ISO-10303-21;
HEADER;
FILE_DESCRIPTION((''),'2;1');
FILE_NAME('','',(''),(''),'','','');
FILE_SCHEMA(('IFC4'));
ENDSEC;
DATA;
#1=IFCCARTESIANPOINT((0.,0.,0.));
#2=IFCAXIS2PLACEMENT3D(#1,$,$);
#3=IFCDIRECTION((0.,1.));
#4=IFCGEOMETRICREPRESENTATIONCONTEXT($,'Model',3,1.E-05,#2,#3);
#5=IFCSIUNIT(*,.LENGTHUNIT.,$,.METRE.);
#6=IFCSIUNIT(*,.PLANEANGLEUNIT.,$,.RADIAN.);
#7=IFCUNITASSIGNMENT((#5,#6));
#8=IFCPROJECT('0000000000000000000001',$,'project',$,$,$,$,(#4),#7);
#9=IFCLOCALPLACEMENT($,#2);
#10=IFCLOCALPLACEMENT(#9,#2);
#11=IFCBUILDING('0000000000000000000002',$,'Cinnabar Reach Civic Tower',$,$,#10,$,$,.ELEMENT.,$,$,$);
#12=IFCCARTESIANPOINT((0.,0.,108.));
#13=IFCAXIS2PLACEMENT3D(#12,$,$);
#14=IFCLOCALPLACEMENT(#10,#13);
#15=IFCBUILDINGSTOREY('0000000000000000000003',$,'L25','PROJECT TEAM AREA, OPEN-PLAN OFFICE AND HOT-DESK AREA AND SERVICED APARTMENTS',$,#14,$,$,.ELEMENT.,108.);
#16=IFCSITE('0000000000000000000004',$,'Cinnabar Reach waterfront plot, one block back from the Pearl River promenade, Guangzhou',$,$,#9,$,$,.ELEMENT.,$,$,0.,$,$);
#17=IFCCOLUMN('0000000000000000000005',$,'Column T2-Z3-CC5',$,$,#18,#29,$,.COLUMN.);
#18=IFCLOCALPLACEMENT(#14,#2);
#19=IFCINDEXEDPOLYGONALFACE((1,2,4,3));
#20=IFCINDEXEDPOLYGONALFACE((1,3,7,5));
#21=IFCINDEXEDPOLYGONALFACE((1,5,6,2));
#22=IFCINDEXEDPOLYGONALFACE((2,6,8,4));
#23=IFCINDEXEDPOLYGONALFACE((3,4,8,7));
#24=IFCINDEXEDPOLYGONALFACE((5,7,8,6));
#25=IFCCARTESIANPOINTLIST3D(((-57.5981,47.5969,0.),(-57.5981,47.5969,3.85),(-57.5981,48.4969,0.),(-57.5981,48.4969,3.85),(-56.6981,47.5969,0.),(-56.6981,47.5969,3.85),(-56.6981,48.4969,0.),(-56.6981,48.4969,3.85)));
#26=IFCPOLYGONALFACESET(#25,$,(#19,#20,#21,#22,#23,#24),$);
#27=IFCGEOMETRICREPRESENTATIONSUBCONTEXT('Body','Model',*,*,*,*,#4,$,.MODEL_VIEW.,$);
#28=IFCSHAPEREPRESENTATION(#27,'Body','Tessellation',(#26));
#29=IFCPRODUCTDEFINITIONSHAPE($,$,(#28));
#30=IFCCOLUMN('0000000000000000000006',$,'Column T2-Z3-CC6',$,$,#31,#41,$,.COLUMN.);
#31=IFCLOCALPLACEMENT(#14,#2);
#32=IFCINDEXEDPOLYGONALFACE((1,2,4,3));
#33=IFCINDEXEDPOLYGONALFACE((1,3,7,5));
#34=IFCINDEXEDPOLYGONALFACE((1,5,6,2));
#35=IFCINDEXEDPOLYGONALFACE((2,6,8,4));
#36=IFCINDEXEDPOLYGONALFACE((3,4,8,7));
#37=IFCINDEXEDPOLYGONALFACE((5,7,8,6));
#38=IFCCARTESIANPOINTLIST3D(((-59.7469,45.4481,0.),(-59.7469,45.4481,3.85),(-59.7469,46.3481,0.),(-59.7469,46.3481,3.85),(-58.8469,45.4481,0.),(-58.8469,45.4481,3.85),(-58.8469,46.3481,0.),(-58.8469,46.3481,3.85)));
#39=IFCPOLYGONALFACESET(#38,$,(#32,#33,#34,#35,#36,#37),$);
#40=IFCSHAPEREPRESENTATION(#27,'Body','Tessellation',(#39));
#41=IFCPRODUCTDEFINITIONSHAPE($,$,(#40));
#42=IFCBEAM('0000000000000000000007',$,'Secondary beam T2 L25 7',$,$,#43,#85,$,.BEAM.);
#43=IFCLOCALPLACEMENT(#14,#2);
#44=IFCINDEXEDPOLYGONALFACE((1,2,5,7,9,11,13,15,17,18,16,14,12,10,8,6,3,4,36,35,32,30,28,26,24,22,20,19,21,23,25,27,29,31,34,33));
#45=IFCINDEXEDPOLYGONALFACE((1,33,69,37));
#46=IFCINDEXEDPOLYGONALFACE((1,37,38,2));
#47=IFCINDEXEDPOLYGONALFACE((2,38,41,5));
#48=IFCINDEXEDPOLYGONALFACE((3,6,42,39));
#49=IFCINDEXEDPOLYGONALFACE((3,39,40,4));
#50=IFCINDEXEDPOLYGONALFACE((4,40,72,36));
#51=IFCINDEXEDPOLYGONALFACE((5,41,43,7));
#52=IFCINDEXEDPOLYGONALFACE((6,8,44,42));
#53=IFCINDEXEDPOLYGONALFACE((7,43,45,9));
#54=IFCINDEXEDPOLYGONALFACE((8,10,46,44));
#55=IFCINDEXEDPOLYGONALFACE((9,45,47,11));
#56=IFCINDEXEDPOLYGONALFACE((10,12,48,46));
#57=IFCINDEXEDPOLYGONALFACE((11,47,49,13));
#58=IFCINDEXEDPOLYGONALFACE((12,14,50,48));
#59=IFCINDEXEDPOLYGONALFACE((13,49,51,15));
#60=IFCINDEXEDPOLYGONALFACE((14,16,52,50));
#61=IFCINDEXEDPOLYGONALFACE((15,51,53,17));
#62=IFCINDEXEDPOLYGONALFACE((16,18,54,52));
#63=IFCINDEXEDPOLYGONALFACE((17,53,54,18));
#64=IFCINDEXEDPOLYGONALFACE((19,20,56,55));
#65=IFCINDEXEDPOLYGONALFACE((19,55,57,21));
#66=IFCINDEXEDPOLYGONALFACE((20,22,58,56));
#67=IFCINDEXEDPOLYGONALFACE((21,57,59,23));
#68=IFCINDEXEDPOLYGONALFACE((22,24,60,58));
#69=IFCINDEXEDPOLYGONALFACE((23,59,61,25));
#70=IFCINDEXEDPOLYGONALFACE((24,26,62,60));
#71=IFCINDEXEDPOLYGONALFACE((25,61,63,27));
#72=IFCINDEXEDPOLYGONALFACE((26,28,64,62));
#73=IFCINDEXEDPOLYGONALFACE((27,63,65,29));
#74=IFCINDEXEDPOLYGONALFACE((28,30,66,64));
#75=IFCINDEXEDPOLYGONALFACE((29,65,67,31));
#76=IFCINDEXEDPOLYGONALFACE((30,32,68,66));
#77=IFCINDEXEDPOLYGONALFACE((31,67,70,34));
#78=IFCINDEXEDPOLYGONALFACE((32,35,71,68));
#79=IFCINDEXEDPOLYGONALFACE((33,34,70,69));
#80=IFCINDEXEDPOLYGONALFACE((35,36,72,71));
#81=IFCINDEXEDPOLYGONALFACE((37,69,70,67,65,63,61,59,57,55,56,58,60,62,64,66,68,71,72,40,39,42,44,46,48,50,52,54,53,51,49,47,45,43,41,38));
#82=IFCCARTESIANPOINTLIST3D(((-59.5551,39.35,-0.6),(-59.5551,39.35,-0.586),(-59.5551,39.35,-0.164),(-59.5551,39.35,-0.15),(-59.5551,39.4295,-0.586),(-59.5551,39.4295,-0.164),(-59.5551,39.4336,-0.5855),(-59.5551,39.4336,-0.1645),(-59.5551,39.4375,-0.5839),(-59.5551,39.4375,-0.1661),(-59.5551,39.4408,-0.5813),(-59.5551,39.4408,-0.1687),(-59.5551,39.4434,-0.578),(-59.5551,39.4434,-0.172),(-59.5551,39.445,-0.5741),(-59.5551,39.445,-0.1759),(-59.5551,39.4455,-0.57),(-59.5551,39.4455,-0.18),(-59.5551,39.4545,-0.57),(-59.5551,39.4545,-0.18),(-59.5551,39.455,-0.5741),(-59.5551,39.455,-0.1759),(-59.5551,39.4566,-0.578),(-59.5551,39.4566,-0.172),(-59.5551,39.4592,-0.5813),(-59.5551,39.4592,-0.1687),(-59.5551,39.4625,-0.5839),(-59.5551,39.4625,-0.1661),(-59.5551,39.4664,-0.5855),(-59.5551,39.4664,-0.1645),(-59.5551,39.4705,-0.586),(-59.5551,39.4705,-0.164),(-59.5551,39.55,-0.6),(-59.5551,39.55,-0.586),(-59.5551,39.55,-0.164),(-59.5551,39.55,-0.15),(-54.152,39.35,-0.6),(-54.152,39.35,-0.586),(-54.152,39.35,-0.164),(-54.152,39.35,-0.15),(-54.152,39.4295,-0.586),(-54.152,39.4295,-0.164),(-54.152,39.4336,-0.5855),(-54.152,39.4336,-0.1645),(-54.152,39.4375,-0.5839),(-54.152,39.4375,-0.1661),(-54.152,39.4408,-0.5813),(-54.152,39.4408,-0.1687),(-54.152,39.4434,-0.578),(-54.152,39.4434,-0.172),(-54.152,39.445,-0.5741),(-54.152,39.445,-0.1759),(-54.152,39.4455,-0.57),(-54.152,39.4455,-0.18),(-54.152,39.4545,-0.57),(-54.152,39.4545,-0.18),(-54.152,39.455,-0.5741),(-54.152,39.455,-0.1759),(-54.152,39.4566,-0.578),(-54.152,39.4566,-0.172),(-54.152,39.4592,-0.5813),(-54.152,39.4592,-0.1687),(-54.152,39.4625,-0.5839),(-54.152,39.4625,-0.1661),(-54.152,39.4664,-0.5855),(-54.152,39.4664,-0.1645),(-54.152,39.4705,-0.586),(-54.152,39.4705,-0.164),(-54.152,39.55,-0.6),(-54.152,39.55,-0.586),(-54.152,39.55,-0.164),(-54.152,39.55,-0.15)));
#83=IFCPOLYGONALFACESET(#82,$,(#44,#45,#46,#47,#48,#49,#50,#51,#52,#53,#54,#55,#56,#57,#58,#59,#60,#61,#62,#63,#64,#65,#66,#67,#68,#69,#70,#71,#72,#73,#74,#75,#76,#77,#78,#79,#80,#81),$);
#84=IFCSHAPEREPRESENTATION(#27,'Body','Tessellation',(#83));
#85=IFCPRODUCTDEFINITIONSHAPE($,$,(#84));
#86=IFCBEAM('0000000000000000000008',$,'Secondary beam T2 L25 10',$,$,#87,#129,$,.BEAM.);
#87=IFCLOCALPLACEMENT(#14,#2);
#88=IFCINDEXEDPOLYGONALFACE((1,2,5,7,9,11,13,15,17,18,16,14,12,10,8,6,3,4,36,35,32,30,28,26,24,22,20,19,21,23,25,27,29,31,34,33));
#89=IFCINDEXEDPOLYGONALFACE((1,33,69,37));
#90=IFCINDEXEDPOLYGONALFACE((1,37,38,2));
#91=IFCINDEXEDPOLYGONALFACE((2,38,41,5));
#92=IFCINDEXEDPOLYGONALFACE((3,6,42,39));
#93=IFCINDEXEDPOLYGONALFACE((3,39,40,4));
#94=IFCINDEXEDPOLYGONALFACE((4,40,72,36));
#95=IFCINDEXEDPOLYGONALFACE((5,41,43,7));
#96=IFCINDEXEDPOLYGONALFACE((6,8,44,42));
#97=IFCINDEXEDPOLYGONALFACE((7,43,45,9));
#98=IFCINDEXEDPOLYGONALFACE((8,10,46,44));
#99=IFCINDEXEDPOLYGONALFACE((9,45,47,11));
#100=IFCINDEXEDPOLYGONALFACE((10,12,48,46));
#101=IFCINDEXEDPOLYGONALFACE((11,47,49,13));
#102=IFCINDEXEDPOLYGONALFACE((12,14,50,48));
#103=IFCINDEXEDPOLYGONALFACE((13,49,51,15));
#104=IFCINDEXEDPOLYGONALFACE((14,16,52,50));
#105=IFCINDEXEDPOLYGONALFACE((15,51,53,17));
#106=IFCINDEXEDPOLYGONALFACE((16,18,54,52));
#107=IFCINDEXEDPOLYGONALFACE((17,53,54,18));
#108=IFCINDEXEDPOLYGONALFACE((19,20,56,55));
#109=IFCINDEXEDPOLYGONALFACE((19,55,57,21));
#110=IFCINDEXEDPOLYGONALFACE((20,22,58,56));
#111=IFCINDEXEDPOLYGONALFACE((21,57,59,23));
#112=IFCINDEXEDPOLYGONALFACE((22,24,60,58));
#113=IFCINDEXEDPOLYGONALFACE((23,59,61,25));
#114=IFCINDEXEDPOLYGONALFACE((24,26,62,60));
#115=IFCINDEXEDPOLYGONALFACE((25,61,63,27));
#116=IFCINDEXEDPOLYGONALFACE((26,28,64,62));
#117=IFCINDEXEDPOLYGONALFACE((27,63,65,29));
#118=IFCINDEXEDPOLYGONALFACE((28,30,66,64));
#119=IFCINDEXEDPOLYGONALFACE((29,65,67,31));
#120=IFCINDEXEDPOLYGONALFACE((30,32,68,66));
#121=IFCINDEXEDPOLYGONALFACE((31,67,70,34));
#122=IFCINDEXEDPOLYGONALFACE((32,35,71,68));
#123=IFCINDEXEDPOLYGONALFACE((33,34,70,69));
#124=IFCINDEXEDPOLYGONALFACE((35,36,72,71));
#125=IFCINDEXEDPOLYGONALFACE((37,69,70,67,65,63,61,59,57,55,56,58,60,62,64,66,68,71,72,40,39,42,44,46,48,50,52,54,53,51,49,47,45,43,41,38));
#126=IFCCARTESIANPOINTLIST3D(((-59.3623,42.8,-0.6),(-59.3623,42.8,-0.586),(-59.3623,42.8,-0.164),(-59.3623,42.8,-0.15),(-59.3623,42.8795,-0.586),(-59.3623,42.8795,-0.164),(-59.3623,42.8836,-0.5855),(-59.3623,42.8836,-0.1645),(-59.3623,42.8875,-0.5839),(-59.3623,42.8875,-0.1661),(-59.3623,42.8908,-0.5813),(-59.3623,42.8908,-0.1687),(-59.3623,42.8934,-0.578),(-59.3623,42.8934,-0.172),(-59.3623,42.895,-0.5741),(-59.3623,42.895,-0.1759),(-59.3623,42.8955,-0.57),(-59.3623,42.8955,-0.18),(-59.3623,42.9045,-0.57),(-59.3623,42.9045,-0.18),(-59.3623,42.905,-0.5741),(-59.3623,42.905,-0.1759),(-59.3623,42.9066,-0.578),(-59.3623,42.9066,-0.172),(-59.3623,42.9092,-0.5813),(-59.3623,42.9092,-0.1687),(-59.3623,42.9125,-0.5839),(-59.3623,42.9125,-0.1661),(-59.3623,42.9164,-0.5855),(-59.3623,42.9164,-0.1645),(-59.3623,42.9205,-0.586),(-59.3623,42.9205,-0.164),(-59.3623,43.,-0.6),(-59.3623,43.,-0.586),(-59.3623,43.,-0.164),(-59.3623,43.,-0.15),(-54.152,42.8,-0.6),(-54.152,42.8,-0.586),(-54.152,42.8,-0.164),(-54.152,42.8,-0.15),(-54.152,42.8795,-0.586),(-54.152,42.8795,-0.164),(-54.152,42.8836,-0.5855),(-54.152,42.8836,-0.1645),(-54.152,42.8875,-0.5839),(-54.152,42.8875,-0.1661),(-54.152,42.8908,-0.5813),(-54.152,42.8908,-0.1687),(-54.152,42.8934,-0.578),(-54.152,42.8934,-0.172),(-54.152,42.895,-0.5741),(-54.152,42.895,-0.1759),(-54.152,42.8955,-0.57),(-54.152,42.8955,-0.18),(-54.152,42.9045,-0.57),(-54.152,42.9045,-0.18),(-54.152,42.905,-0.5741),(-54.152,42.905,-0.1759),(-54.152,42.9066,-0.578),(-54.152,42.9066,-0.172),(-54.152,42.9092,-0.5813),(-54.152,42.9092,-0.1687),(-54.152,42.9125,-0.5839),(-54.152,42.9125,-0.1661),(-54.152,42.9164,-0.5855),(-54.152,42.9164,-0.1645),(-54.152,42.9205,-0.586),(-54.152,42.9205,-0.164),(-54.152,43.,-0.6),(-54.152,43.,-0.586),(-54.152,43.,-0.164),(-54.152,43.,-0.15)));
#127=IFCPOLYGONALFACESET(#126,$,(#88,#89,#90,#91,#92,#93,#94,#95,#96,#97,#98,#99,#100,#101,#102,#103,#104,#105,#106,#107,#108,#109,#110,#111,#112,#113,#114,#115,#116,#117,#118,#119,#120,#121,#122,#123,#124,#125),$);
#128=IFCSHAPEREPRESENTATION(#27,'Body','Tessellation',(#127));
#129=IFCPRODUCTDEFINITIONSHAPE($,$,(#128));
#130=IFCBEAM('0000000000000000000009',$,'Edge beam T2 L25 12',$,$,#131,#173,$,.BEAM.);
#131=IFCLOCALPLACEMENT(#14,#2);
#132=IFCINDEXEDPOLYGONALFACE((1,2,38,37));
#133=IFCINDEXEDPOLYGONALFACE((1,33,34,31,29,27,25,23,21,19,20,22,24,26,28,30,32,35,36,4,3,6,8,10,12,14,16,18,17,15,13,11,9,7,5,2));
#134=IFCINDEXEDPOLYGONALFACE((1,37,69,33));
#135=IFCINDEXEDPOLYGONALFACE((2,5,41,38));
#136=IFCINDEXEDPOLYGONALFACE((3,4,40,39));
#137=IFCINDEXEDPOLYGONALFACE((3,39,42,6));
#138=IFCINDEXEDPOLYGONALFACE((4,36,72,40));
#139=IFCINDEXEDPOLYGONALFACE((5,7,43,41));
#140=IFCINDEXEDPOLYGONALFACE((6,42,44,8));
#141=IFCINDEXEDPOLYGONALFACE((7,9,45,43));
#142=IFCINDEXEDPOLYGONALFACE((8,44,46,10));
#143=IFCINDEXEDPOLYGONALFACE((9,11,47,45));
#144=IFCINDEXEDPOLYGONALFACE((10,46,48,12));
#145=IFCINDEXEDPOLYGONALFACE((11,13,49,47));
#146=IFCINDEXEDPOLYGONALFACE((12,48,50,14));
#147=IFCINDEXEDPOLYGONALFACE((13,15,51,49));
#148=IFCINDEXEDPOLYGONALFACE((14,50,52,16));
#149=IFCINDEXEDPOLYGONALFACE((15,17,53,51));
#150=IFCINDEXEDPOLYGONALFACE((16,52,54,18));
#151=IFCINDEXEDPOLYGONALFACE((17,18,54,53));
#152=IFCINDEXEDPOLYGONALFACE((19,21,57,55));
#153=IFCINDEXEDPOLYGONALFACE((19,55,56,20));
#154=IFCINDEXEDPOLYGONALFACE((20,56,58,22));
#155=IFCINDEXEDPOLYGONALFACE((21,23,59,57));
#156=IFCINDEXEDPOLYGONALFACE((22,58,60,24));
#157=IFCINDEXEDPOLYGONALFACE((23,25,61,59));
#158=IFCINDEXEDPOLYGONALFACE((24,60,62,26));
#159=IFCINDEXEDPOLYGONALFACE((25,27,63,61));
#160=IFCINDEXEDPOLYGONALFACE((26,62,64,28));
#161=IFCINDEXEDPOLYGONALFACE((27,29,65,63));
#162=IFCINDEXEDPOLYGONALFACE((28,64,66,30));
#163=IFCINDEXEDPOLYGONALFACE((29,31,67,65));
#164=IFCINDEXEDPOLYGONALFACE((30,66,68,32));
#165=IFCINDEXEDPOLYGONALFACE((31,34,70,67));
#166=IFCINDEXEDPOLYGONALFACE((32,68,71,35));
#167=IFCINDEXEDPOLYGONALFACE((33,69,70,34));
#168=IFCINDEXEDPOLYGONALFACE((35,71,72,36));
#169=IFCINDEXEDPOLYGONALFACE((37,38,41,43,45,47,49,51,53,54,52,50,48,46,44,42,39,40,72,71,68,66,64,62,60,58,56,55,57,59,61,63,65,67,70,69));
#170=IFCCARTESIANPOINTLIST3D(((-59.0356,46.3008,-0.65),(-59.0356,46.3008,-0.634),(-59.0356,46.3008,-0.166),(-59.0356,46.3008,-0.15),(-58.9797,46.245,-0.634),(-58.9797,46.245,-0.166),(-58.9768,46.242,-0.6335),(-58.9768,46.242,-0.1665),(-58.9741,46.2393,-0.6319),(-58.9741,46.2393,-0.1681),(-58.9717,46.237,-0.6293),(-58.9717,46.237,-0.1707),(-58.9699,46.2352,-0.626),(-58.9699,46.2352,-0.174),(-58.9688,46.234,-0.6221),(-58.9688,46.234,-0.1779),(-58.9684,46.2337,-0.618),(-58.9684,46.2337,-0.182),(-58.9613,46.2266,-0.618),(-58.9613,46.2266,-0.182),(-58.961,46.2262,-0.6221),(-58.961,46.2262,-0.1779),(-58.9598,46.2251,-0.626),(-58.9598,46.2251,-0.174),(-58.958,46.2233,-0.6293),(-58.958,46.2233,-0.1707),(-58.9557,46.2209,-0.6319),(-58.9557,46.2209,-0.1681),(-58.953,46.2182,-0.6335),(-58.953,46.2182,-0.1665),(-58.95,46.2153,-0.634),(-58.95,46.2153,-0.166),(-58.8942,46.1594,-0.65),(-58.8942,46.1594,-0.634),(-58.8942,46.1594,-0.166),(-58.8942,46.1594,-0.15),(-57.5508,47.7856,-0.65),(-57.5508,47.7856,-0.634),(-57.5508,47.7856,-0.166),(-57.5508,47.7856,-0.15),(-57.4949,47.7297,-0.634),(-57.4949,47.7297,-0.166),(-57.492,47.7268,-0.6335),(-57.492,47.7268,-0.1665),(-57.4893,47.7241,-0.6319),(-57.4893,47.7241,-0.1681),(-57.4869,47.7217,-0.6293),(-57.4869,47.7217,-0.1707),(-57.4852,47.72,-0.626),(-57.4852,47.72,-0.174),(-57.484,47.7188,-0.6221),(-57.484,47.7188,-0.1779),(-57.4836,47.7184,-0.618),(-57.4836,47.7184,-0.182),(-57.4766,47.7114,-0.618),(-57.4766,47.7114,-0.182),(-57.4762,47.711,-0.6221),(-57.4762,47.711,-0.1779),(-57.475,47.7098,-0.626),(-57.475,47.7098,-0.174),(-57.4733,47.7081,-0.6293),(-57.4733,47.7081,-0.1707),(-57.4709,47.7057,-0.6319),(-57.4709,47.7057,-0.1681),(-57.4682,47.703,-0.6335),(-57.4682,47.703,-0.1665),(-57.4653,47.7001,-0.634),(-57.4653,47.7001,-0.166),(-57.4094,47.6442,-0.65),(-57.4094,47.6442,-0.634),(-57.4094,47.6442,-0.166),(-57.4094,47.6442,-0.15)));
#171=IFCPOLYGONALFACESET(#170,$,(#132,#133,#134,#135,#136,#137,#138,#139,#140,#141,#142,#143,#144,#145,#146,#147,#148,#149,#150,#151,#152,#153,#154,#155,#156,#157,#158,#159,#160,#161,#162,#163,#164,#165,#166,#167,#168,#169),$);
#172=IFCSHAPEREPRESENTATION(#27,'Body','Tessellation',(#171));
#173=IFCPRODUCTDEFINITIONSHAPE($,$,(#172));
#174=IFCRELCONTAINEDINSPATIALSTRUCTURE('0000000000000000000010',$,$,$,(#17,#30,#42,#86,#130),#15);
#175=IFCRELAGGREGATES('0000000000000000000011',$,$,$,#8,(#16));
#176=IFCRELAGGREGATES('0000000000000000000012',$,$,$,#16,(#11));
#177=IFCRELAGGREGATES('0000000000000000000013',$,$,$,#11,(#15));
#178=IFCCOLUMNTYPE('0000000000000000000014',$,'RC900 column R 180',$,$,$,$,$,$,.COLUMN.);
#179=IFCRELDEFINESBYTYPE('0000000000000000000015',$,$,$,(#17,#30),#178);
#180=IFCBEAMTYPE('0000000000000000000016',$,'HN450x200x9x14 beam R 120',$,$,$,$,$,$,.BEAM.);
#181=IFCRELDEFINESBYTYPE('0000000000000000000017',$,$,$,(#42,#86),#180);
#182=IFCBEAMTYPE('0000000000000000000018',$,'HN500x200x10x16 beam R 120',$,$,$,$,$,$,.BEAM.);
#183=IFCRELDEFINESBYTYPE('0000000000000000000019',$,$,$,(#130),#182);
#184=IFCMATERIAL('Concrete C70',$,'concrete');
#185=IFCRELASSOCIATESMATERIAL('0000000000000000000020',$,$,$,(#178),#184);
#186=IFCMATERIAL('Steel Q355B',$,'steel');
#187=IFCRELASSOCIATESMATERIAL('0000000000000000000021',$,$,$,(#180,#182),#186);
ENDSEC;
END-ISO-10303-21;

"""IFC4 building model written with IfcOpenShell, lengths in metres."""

from ifc_helpers import new_model, si_unit, direction, frame, origin, origin_2d, place, context, subcontext, project, spatial, rectangle, i_section, extrude, material, material_profile, profile_set, type_object, element, save


model = new_model("IFC4")

# Units and contexts
model_context = context("Model", 3, precision=1e-05, world=origin(), true_north=direction((0.0, 1.0)))
body_context = subcontext(model_context, "Body", "Model", "MODEL_VIEW")
ifc_project = project(units=[si_unit("LENGTHUNIT", "METRE"), si_unit("PLANEANGLEUNIT", "RADIAN")], contexts=[model_context])

# Site, building, storey
site_placement = place(None, origin())
site = spatial("IfcSite", under=ifc_project, at=site_placement, Name="Cinnabar Reach waterfront plot, one block back from the Pearl River promenade, Guangzhou", CompositionType="ELEMENT", RefElevation=0.0)
building_placement = place(site_placement, origin())
building = spatial("IfcBuilding", under=site, at=building_placement, Name="Cinnabar Reach Civic Tower", CompositionType="ELEMENT")
storey_placement = place(building_placement, frame((0.0, 0.0, 108.0)))
storey = spatial("IfcBuildingStorey", under=building, at=storey_placement, Name="L25", Description="PROJECT TEAM AREA, OPEN-PLAN OFFICE AND HOT-DESK AREA AND SERVICED APARTMENTS", CompositionType="ELEMENT", Elevation=108.0)

# Columns
ifc_material_1 = material(Name="Concrete C70", Category="concrete")
ifc_material_profile_1 = material_profile(ifc_material_1, rectangle(XDim=0.9, YDim=0.9, at=origin_2d()), Name="RC900")
ifc_profile_set_1 = profile_set([ifc_material_profile_1], Name="Concrete C70")
column_type = type_object("IfcColumnType", Name="RC900 column R 180", PredefinedType="COLUMN", material=ifc_profile_set_1)
for number, where, z_axis, x_axis, name in (
    (1, (-57.1481, 48.0469, 0.0), (0.0, 0.0, 1.0), (1.0, 0.0, 0.0), "Column T2-Z3-CC5"),
    (2, (-59.2969, 45.8981, 0.0), (0.0, 0.0, 1.0), (1.0, 0.0, 0.0), "Column T2-Z3-CC6"),
):
    element("IfcColumn", number, at=place(storey_placement, frame(where, z_axis=z_axis, x_axis=x_axis)), inside=storey, type_object=column_type, Name=name, PredefinedType="COLUMN", context=body_context, shape_type="SweptSolid", body=[
        extrude(rectangle(XDim=0.9, YDim=0.9, at=origin_2d()), origin(), (0.0, 0.0, 1.0), 3.85),
    ])

# Beams
ifc_material_2 = material(Name="Steel Q355B", Category="steel")
ifc_material_profile_2 = material_profile(ifc_material_2, i_section(OverallWidth=0.2, OverallDepth=0.45, WebThickness=0.009, FlangeThickness=0.014, FilletRadius=0.016, at=origin_2d()), Name="HN450x200x9x14")
ifc_profile_set_2 = profile_set([ifc_material_profile_2], Name="Steel Q355B")
beam_type_1 = type_object("IfcBeamType", Name="HN450x200x9x14 beam R 120", PredefinedType="BEAM", material=ifc_profile_set_2)
beam_1_placement = place(storey_placement, frame((-59.5551, 39.45, -0.375), z_axis=(1.0, 0.0, 0.0), x_axis=(0.0, 1.0, 0.0)))
element("IfcBeam", 3, at=beam_1_placement, inside=storey, type_object=beam_type_1, Name="Secondary beam T2 L25 7", PredefinedType="BEAM", context=body_context, shape_type="SweptSolid", body=[
    extrude(i_section(OverallWidth=0.2, OverallDepth=0.45, WebThickness=0.009, FlangeThickness=0.014, FilletRadius=0.016, at=origin_2d()), origin(), (0.0, 0.0, 1.0), 5.4031),
])
beam_2_placement = place(storey_placement, frame((-59.3623, 42.9, -0.375), z_axis=(1.0, 0.0, 0.0), x_axis=(0.0, 1.0, 0.0)))
element("IfcBeam", 4, at=beam_2_placement, inside=storey, type_object=beam_type_1, Name="Secondary beam T2 L25 10", PredefinedType="BEAM", context=body_context, shape_type="SweptSolid", body=[
    extrude(i_section(OverallWidth=0.2, OverallDepth=0.45, WebThickness=0.009, FlangeThickness=0.014, FilletRadius=0.016, at=origin_2d()), origin(), (0.0, 0.0, 1.0), 5.2103),
])
ifc_material_profile_3 = material_profile(ifc_material_2, i_section(OverallWidth=0.2, OverallDepth=0.5, WebThickness=0.01, FlangeThickness=0.016, FilletRadius=0.016, at=origin_2d()), Name="HN500x200x10x16")
ifc_profile_set_3 = profile_set([ifc_material_profile_3], Name="Steel Q355B")
beam_type_2 = type_object("IfcBeamType", Name="HN500x200x10x16 beam R 120", PredefinedType="BEAM", material=ifc_profile_set_3)
beam_3_placement = place(storey_placement, frame((-57.4801, 47.7149, -0.4), z_axis=(-0.707107, -0.707107, 0.0), x_axis=(0.707107, -0.707107, 0.0)))
element("IfcBeam", 5, at=beam_3_placement, inside=storey, type_object=beam_type_2, Name="Edge beam T2 L25 12", PredefinedType="BEAM", context=body_context, shape_type="SweptSolid", body=[
    extrude(i_section(OverallWidth=0.2, OverallDepth=0.5, WebThickness=0.01, FlangeThickness=0.016, FilletRadius=0.016, at=origin_2d()), origin(), (0.0, 0.0, 1.0), 2.0998),
])

save(model, "model.ifc")
